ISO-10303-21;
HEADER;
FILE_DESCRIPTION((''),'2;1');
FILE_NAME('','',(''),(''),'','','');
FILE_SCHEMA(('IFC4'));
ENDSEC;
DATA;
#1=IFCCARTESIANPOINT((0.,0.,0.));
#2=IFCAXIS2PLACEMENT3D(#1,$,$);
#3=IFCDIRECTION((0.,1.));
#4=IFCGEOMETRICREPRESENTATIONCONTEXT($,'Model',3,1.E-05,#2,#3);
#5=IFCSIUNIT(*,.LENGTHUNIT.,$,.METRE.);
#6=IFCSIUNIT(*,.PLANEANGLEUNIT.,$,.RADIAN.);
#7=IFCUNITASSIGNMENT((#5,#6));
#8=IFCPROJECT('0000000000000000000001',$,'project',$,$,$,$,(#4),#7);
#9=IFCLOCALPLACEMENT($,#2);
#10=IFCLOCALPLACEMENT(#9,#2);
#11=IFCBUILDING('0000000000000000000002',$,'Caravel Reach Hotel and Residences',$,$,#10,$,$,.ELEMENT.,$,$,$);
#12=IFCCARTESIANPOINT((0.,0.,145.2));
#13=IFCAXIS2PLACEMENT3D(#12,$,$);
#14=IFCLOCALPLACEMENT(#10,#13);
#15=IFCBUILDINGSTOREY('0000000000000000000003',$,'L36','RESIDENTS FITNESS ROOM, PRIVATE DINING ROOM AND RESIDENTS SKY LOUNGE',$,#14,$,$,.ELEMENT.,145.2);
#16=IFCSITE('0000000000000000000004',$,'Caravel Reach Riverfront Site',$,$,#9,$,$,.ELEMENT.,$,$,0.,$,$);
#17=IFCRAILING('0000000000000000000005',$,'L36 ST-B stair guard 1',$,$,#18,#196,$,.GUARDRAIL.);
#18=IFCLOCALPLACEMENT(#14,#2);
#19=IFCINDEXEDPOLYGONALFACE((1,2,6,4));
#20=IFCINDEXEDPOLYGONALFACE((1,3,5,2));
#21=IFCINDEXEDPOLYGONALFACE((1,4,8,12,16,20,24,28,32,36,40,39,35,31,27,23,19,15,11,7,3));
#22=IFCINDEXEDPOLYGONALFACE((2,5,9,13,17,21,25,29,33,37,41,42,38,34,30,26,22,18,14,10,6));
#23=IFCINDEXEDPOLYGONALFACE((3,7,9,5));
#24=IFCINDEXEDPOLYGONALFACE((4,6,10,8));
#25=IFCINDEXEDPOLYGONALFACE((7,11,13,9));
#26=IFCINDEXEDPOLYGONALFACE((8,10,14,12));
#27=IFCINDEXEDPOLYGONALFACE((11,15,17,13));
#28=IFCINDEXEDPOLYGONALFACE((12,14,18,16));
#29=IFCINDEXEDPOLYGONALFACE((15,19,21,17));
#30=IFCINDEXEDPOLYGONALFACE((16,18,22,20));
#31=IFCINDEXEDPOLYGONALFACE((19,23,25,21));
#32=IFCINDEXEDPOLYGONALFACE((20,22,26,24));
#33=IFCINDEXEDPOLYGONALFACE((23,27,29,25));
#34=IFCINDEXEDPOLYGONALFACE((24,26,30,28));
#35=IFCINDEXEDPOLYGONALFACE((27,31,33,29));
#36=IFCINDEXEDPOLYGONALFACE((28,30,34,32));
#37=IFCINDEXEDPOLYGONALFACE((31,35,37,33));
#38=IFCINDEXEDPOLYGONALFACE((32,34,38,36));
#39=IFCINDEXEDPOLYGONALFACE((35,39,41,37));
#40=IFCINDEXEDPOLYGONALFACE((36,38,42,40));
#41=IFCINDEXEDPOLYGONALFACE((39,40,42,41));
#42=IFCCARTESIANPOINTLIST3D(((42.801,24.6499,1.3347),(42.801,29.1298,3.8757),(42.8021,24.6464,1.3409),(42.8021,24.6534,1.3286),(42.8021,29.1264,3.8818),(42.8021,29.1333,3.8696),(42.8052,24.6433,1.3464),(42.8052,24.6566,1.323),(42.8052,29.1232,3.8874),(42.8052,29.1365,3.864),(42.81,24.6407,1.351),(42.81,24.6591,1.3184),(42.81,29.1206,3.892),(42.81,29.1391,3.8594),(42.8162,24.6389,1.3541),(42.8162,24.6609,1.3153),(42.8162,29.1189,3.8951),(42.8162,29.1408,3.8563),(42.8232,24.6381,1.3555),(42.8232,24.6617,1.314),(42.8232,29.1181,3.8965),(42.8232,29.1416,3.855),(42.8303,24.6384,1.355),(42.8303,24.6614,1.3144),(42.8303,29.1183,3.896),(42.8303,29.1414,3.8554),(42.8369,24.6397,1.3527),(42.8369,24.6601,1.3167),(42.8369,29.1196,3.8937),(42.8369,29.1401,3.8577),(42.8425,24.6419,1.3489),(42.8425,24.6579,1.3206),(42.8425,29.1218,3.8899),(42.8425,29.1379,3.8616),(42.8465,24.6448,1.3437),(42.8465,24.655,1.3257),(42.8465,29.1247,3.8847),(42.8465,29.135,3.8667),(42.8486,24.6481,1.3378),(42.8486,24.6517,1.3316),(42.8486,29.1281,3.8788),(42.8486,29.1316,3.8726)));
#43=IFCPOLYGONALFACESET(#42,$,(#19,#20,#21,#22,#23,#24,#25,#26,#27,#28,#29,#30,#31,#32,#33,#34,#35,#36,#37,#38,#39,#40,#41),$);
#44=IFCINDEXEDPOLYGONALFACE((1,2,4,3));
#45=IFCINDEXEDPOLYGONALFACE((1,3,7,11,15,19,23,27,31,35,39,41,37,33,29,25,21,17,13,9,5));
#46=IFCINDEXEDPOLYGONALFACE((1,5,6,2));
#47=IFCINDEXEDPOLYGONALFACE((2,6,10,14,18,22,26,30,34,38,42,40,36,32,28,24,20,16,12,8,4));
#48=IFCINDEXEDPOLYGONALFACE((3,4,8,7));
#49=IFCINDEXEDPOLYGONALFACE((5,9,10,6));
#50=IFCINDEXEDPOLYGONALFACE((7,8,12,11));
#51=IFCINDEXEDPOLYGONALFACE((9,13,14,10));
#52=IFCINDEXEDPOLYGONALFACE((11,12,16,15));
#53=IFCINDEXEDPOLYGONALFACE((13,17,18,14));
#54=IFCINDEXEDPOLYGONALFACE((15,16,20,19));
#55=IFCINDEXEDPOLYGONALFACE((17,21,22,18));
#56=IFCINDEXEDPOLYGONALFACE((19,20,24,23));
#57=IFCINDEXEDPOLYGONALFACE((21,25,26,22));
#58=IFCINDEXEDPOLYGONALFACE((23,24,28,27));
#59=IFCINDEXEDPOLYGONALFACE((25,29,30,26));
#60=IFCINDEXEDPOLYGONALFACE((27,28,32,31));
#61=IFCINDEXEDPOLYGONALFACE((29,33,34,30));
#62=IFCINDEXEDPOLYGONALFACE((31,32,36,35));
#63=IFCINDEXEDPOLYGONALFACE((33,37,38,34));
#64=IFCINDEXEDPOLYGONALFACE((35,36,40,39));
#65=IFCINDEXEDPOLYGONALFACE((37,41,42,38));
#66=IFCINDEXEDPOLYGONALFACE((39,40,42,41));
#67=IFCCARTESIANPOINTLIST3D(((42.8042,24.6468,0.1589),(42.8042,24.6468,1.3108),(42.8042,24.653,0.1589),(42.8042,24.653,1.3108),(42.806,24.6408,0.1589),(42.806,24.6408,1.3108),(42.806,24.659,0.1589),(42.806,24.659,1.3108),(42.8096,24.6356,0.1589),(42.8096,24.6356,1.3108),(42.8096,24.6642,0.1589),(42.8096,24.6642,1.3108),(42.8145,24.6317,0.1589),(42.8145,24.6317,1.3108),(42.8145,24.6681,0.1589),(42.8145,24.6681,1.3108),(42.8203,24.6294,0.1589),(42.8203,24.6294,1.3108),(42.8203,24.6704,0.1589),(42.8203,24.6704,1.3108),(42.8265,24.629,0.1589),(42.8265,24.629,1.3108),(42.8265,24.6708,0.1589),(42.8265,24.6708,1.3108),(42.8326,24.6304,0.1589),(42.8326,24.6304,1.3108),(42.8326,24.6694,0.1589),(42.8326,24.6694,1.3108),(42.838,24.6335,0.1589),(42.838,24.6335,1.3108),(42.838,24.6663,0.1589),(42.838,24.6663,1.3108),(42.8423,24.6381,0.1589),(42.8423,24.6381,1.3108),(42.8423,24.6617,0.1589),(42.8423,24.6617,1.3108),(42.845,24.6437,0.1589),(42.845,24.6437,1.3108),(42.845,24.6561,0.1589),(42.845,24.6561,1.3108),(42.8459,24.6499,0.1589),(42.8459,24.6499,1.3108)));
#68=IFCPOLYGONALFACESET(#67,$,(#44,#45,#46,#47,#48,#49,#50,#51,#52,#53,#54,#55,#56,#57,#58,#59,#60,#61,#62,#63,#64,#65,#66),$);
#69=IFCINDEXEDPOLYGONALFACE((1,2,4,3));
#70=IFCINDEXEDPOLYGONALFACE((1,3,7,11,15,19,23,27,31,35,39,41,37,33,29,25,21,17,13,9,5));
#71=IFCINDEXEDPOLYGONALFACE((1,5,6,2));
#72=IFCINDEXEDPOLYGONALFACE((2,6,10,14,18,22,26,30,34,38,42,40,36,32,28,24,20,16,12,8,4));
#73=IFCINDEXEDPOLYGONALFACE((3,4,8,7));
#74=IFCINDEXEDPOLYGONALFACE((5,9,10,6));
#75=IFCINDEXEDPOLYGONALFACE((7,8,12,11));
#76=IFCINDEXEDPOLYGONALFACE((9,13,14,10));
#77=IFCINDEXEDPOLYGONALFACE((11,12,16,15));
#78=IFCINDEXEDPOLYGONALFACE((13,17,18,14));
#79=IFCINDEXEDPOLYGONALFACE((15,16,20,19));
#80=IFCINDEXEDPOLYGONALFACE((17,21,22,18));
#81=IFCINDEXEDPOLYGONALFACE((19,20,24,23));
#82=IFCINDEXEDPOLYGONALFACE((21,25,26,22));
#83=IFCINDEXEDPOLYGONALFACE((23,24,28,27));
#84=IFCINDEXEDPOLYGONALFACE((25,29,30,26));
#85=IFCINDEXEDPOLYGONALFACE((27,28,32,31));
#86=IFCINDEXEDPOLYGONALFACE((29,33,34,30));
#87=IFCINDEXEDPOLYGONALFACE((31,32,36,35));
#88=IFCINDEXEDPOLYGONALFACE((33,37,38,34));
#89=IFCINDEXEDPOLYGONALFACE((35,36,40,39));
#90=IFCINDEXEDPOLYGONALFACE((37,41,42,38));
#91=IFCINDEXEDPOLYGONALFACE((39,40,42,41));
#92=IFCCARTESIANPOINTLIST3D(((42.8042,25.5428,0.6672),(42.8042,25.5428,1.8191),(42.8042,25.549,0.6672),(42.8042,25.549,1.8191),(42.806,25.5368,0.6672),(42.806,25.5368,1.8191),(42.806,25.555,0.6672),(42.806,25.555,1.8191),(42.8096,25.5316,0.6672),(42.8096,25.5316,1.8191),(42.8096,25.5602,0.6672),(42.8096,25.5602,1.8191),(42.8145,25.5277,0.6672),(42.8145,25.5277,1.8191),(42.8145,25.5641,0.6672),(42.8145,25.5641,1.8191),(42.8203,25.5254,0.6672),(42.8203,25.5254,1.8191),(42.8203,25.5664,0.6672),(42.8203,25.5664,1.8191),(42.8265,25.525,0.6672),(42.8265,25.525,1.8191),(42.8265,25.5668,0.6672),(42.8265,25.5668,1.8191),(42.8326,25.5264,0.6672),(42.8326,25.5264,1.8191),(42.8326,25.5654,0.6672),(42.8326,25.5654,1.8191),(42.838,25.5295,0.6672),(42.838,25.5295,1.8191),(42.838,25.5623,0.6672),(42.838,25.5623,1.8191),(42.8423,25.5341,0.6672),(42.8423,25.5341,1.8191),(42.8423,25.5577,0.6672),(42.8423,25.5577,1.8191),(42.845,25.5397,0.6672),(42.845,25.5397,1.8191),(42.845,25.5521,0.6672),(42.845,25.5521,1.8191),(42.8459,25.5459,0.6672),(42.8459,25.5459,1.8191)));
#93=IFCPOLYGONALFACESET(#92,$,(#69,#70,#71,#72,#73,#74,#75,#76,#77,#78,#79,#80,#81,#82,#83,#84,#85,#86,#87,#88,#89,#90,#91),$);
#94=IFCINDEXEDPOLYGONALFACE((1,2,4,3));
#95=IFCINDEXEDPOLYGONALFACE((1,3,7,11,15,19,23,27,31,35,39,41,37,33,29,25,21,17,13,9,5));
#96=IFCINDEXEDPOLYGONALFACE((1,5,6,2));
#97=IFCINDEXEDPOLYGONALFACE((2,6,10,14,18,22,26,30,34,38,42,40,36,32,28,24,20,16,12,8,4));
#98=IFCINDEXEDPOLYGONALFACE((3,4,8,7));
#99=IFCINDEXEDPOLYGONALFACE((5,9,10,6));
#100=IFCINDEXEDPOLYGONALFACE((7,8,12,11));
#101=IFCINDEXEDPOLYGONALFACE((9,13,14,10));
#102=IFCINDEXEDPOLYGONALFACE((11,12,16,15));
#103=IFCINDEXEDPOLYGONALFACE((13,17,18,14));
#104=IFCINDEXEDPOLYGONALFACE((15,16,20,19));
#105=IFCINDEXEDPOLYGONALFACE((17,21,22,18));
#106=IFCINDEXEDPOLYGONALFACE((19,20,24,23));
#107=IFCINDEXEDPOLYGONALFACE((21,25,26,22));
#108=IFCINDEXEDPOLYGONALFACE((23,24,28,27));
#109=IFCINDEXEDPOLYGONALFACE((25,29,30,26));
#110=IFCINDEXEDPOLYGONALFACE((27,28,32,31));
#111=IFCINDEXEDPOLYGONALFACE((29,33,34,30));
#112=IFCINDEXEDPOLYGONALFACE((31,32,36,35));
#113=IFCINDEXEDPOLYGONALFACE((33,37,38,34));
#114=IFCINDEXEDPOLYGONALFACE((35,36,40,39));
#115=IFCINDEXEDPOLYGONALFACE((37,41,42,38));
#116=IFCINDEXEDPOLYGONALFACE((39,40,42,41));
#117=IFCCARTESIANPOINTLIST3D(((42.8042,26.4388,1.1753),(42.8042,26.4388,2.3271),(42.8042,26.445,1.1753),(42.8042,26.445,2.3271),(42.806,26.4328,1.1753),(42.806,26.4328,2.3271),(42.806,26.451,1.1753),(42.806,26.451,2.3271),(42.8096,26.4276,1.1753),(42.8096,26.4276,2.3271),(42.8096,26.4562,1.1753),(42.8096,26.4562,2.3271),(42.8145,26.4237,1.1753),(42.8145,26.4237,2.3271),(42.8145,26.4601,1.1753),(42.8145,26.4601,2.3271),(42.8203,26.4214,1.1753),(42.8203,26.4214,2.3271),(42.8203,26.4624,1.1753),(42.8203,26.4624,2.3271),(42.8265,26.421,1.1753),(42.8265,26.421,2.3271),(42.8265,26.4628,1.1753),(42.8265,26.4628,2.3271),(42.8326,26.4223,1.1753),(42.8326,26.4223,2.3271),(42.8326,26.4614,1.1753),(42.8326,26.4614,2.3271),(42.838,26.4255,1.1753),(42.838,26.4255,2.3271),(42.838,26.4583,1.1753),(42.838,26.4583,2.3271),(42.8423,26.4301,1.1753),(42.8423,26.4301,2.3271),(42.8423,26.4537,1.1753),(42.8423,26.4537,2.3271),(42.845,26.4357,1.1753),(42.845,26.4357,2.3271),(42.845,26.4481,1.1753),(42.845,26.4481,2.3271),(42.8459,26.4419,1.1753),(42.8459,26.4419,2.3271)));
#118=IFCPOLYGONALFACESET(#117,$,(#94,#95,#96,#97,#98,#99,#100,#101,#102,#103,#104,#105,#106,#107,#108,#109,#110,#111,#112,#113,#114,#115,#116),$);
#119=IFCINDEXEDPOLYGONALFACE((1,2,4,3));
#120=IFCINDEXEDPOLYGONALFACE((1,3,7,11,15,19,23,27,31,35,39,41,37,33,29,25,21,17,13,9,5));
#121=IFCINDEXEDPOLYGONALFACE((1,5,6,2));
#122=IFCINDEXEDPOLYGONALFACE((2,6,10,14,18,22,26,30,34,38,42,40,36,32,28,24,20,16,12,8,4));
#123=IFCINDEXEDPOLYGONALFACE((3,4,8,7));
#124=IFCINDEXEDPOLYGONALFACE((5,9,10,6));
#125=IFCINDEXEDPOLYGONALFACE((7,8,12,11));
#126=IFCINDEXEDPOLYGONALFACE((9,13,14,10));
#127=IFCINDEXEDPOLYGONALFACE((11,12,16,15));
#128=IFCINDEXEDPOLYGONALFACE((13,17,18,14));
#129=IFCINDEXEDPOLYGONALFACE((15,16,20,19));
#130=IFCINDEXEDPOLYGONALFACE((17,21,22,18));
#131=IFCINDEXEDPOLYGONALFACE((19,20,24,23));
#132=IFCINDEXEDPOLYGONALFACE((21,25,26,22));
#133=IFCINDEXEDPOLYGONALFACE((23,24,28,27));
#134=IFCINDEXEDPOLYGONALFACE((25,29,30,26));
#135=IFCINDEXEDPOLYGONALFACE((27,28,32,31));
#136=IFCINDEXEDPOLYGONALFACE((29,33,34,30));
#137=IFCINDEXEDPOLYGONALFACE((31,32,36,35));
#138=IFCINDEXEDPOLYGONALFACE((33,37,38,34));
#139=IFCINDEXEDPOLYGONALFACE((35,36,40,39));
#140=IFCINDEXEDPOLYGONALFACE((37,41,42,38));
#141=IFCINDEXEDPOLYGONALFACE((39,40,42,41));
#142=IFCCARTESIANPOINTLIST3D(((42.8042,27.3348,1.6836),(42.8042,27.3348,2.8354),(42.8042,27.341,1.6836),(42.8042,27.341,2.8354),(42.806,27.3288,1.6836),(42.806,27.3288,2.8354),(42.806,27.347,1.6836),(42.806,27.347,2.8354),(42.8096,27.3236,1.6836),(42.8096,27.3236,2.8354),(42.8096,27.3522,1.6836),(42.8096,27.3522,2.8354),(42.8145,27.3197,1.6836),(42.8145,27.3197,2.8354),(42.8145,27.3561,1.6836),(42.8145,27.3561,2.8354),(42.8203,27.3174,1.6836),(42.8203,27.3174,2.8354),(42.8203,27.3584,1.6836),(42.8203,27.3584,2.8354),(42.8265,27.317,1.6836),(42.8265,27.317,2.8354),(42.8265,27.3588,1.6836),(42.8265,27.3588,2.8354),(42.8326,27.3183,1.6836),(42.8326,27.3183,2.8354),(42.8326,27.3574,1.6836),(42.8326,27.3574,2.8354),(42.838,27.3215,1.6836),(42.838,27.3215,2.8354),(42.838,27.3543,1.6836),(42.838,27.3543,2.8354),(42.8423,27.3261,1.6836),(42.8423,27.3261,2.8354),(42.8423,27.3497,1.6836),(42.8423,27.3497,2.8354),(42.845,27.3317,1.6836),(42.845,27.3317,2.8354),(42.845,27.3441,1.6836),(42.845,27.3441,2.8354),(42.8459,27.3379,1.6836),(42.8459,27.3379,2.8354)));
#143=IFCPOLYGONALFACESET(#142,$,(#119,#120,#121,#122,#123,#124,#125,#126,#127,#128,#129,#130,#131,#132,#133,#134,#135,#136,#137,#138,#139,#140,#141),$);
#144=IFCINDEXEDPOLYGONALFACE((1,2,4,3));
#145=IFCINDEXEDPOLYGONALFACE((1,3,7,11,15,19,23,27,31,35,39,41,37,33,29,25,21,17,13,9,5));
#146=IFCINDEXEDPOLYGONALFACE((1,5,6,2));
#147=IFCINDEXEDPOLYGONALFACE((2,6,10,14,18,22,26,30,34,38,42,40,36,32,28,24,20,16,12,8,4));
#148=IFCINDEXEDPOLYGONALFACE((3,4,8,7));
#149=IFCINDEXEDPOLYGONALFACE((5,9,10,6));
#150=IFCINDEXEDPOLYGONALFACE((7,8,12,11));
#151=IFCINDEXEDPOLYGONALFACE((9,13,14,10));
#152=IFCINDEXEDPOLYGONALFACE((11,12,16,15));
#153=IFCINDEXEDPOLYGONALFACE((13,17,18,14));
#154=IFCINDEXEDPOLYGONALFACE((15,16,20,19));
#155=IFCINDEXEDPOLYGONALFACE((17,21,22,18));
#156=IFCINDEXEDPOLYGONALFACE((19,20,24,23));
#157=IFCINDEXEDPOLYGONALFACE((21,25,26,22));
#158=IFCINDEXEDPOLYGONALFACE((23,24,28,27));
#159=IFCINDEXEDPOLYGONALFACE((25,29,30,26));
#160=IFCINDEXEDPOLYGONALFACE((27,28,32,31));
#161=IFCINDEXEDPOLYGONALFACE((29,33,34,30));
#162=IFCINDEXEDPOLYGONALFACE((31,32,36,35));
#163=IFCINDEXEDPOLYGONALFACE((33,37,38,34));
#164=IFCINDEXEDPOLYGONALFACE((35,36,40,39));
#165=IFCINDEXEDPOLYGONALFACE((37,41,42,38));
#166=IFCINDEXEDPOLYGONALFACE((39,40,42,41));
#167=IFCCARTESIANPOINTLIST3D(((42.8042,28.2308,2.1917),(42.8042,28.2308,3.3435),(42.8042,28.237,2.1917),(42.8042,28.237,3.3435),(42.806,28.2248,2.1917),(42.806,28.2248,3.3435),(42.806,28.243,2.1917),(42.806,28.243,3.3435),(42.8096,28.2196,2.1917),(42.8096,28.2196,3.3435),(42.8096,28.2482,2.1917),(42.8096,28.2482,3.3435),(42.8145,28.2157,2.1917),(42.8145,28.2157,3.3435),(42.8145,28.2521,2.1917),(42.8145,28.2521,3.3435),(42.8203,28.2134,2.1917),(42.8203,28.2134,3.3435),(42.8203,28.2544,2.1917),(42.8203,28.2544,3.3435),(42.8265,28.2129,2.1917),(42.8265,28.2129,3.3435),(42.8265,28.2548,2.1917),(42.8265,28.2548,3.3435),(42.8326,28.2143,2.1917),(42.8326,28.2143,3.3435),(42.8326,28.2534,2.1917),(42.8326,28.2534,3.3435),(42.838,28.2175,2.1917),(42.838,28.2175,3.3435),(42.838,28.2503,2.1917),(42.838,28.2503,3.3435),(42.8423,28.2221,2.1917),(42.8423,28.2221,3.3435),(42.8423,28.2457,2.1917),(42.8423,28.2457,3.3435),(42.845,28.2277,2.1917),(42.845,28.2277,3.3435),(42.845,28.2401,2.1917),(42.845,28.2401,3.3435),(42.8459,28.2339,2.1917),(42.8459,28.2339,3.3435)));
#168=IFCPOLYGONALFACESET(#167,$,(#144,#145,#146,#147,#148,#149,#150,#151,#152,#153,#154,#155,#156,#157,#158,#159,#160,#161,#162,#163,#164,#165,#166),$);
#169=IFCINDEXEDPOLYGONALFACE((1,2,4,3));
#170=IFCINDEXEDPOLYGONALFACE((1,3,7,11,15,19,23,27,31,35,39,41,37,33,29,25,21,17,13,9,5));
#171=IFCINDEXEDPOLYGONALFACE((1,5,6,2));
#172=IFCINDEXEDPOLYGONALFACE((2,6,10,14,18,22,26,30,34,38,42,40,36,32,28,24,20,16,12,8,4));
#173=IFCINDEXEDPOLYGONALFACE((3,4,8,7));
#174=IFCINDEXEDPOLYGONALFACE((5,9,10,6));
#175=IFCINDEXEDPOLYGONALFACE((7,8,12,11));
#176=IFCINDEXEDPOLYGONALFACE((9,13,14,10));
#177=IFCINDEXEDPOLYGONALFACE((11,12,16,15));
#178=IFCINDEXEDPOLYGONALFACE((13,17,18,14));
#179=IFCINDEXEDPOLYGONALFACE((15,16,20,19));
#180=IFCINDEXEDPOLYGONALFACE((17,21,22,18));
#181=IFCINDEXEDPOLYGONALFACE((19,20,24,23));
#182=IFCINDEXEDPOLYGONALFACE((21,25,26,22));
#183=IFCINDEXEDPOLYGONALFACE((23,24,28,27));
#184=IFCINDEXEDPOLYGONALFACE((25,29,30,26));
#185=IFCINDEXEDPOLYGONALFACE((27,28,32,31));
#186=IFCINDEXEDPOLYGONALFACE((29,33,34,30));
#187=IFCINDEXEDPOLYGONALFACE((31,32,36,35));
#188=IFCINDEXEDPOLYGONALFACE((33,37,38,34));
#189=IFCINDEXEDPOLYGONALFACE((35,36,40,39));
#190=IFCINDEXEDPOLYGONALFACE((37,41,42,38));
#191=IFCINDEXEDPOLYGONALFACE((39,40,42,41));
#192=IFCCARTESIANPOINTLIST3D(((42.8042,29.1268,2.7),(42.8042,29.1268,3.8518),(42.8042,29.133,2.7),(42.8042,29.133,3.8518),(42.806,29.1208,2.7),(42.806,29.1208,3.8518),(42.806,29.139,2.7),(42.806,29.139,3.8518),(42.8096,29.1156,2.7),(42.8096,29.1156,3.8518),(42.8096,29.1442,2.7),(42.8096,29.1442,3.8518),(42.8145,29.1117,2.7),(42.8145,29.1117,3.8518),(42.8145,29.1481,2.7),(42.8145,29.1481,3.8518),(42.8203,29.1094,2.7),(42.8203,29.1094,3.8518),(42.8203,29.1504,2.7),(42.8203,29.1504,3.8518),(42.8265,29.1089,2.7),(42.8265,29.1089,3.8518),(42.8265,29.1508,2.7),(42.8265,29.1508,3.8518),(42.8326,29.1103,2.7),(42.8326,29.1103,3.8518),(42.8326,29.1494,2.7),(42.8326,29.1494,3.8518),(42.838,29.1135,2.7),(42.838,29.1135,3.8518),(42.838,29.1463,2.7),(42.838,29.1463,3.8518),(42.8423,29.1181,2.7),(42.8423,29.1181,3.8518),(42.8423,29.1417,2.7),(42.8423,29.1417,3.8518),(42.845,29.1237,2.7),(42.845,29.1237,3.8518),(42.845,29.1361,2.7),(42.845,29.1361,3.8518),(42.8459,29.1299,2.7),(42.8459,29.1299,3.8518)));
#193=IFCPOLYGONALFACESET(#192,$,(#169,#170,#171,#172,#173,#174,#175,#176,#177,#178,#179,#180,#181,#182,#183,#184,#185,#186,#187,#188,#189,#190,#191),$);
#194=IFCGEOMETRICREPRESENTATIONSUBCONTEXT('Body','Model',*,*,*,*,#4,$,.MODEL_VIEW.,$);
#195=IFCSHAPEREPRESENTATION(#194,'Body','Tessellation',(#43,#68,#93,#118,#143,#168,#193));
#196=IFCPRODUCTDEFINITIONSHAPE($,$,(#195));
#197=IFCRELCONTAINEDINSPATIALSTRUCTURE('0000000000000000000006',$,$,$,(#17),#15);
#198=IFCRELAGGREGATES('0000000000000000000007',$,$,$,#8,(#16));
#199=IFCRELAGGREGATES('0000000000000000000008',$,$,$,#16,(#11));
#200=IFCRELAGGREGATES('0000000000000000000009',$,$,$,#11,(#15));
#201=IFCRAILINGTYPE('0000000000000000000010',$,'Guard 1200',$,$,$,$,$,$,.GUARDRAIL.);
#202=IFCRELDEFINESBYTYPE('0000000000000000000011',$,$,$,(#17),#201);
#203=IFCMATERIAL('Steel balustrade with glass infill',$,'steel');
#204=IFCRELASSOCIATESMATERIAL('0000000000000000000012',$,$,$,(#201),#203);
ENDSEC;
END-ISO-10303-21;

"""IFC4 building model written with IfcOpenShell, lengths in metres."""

from ifc_helpers import new_model, si_unit, direction, frame, origin, origin_2d, place, context, subcontext, project, spatial, circle, extrude, material, type_object, element, save


model = new_model("IFC4")

# Units and contexts
model_context = context("Model", 3, precision=1e-05, world=origin(), true_north=direction((0.0, 1.0)))
body_context = subcontext(model_context, "Body", "Model", "MODEL_VIEW")
ifc_project = project(units=[si_unit("LENGTHUNIT", "METRE"), si_unit("PLANEANGLEUNIT", "RADIAN")], contexts=[model_context])

# Site, building, storey
site_placement = place(None, origin())
site = spatial("IfcSite", under=ifc_project, at=site_placement, Name="Caravel Reach Riverfront Site", CompositionType="ELEMENT", RefElevation=0.0)
building_placement = place(site_placement, origin())
building = spatial("IfcBuilding", under=site, at=building_placement, Name="Caravel Reach Hotel and Residences", CompositionType="ELEMENT")
storey_placement = place(building_placement, frame((0.0, 0.0, 145.2)))
storey = spatial("IfcBuildingStorey", under=building, at=storey_placement, Name="L36", Description="RESIDENTS FITNESS ROOM, PRIVATE DINING ROOM AND RESIDENTS SKY LOUNGE", CompositionType="ELEMENT", Elevation=145.2)

# Railing
ifc_material_1 = material(Name="Steel balustrade with glass infill", Category="steel")
railing_type_1 = type_object("IfcRailingType", Name="Guard 1200", PredefinedType="GUARDRAIL", material=ifc_material_1)
railing_1_placement = place(storey_placement, frame((42.825, 24.6499, 0.1589)))
element("IfcRailing", 1, at=railing_1_placement, inside=storey, type_object=railing_type_1, Name="L36 ST-B stair guard 1", PredefinedType="GUARDRAIL", context=body_context, shape_type="SweptSolid", body=[
    extrude(circle(Radius=0.0239, at=origin_2d()), frame((0.0, 0.0, 1.1758), z_axis=(0.0, 0.869826, 0.493359), x_axis=(-1.0, 0.0, 0.0)), (0.0, 0.0, 1.0), 5.1504),
    extrude(circle(Radius=0.021, at=origin_2d()), origin(), (0.0, 0.0, 1.0), 1.1519),
    extrude(circle(Radius=0.021, at=origin_2d()), frame((0.0, 0.896, 0.5083)), (0.0, 0.0, 1.0), 1.1519),
    extrude(circle(Radius=0.021, at=origin_2d()), frame((0.0, 1.792, 1.0164)), (0.0, 0.0, 1.0), 1.1519),
    extrude(circle(Radius=0.021, at=origin_2d()), frame((0.0, 2.688, 1.5247)), (0.0, 0.0, 1.0), 1.1519),
    extrude(circle(Radius=0.021, at=origin_2d()), frame((0.0, 3.584, 2.0327)), (0.0, 0.0, 1.0), 1.1519),
    extrude(circle(Radius=0.021, at=origin_2d()), frame((0.0, 4.48, 2.541)), (0.0, 0.0, 1.0), 1.1519),
])

save(model, "model.ifc")
